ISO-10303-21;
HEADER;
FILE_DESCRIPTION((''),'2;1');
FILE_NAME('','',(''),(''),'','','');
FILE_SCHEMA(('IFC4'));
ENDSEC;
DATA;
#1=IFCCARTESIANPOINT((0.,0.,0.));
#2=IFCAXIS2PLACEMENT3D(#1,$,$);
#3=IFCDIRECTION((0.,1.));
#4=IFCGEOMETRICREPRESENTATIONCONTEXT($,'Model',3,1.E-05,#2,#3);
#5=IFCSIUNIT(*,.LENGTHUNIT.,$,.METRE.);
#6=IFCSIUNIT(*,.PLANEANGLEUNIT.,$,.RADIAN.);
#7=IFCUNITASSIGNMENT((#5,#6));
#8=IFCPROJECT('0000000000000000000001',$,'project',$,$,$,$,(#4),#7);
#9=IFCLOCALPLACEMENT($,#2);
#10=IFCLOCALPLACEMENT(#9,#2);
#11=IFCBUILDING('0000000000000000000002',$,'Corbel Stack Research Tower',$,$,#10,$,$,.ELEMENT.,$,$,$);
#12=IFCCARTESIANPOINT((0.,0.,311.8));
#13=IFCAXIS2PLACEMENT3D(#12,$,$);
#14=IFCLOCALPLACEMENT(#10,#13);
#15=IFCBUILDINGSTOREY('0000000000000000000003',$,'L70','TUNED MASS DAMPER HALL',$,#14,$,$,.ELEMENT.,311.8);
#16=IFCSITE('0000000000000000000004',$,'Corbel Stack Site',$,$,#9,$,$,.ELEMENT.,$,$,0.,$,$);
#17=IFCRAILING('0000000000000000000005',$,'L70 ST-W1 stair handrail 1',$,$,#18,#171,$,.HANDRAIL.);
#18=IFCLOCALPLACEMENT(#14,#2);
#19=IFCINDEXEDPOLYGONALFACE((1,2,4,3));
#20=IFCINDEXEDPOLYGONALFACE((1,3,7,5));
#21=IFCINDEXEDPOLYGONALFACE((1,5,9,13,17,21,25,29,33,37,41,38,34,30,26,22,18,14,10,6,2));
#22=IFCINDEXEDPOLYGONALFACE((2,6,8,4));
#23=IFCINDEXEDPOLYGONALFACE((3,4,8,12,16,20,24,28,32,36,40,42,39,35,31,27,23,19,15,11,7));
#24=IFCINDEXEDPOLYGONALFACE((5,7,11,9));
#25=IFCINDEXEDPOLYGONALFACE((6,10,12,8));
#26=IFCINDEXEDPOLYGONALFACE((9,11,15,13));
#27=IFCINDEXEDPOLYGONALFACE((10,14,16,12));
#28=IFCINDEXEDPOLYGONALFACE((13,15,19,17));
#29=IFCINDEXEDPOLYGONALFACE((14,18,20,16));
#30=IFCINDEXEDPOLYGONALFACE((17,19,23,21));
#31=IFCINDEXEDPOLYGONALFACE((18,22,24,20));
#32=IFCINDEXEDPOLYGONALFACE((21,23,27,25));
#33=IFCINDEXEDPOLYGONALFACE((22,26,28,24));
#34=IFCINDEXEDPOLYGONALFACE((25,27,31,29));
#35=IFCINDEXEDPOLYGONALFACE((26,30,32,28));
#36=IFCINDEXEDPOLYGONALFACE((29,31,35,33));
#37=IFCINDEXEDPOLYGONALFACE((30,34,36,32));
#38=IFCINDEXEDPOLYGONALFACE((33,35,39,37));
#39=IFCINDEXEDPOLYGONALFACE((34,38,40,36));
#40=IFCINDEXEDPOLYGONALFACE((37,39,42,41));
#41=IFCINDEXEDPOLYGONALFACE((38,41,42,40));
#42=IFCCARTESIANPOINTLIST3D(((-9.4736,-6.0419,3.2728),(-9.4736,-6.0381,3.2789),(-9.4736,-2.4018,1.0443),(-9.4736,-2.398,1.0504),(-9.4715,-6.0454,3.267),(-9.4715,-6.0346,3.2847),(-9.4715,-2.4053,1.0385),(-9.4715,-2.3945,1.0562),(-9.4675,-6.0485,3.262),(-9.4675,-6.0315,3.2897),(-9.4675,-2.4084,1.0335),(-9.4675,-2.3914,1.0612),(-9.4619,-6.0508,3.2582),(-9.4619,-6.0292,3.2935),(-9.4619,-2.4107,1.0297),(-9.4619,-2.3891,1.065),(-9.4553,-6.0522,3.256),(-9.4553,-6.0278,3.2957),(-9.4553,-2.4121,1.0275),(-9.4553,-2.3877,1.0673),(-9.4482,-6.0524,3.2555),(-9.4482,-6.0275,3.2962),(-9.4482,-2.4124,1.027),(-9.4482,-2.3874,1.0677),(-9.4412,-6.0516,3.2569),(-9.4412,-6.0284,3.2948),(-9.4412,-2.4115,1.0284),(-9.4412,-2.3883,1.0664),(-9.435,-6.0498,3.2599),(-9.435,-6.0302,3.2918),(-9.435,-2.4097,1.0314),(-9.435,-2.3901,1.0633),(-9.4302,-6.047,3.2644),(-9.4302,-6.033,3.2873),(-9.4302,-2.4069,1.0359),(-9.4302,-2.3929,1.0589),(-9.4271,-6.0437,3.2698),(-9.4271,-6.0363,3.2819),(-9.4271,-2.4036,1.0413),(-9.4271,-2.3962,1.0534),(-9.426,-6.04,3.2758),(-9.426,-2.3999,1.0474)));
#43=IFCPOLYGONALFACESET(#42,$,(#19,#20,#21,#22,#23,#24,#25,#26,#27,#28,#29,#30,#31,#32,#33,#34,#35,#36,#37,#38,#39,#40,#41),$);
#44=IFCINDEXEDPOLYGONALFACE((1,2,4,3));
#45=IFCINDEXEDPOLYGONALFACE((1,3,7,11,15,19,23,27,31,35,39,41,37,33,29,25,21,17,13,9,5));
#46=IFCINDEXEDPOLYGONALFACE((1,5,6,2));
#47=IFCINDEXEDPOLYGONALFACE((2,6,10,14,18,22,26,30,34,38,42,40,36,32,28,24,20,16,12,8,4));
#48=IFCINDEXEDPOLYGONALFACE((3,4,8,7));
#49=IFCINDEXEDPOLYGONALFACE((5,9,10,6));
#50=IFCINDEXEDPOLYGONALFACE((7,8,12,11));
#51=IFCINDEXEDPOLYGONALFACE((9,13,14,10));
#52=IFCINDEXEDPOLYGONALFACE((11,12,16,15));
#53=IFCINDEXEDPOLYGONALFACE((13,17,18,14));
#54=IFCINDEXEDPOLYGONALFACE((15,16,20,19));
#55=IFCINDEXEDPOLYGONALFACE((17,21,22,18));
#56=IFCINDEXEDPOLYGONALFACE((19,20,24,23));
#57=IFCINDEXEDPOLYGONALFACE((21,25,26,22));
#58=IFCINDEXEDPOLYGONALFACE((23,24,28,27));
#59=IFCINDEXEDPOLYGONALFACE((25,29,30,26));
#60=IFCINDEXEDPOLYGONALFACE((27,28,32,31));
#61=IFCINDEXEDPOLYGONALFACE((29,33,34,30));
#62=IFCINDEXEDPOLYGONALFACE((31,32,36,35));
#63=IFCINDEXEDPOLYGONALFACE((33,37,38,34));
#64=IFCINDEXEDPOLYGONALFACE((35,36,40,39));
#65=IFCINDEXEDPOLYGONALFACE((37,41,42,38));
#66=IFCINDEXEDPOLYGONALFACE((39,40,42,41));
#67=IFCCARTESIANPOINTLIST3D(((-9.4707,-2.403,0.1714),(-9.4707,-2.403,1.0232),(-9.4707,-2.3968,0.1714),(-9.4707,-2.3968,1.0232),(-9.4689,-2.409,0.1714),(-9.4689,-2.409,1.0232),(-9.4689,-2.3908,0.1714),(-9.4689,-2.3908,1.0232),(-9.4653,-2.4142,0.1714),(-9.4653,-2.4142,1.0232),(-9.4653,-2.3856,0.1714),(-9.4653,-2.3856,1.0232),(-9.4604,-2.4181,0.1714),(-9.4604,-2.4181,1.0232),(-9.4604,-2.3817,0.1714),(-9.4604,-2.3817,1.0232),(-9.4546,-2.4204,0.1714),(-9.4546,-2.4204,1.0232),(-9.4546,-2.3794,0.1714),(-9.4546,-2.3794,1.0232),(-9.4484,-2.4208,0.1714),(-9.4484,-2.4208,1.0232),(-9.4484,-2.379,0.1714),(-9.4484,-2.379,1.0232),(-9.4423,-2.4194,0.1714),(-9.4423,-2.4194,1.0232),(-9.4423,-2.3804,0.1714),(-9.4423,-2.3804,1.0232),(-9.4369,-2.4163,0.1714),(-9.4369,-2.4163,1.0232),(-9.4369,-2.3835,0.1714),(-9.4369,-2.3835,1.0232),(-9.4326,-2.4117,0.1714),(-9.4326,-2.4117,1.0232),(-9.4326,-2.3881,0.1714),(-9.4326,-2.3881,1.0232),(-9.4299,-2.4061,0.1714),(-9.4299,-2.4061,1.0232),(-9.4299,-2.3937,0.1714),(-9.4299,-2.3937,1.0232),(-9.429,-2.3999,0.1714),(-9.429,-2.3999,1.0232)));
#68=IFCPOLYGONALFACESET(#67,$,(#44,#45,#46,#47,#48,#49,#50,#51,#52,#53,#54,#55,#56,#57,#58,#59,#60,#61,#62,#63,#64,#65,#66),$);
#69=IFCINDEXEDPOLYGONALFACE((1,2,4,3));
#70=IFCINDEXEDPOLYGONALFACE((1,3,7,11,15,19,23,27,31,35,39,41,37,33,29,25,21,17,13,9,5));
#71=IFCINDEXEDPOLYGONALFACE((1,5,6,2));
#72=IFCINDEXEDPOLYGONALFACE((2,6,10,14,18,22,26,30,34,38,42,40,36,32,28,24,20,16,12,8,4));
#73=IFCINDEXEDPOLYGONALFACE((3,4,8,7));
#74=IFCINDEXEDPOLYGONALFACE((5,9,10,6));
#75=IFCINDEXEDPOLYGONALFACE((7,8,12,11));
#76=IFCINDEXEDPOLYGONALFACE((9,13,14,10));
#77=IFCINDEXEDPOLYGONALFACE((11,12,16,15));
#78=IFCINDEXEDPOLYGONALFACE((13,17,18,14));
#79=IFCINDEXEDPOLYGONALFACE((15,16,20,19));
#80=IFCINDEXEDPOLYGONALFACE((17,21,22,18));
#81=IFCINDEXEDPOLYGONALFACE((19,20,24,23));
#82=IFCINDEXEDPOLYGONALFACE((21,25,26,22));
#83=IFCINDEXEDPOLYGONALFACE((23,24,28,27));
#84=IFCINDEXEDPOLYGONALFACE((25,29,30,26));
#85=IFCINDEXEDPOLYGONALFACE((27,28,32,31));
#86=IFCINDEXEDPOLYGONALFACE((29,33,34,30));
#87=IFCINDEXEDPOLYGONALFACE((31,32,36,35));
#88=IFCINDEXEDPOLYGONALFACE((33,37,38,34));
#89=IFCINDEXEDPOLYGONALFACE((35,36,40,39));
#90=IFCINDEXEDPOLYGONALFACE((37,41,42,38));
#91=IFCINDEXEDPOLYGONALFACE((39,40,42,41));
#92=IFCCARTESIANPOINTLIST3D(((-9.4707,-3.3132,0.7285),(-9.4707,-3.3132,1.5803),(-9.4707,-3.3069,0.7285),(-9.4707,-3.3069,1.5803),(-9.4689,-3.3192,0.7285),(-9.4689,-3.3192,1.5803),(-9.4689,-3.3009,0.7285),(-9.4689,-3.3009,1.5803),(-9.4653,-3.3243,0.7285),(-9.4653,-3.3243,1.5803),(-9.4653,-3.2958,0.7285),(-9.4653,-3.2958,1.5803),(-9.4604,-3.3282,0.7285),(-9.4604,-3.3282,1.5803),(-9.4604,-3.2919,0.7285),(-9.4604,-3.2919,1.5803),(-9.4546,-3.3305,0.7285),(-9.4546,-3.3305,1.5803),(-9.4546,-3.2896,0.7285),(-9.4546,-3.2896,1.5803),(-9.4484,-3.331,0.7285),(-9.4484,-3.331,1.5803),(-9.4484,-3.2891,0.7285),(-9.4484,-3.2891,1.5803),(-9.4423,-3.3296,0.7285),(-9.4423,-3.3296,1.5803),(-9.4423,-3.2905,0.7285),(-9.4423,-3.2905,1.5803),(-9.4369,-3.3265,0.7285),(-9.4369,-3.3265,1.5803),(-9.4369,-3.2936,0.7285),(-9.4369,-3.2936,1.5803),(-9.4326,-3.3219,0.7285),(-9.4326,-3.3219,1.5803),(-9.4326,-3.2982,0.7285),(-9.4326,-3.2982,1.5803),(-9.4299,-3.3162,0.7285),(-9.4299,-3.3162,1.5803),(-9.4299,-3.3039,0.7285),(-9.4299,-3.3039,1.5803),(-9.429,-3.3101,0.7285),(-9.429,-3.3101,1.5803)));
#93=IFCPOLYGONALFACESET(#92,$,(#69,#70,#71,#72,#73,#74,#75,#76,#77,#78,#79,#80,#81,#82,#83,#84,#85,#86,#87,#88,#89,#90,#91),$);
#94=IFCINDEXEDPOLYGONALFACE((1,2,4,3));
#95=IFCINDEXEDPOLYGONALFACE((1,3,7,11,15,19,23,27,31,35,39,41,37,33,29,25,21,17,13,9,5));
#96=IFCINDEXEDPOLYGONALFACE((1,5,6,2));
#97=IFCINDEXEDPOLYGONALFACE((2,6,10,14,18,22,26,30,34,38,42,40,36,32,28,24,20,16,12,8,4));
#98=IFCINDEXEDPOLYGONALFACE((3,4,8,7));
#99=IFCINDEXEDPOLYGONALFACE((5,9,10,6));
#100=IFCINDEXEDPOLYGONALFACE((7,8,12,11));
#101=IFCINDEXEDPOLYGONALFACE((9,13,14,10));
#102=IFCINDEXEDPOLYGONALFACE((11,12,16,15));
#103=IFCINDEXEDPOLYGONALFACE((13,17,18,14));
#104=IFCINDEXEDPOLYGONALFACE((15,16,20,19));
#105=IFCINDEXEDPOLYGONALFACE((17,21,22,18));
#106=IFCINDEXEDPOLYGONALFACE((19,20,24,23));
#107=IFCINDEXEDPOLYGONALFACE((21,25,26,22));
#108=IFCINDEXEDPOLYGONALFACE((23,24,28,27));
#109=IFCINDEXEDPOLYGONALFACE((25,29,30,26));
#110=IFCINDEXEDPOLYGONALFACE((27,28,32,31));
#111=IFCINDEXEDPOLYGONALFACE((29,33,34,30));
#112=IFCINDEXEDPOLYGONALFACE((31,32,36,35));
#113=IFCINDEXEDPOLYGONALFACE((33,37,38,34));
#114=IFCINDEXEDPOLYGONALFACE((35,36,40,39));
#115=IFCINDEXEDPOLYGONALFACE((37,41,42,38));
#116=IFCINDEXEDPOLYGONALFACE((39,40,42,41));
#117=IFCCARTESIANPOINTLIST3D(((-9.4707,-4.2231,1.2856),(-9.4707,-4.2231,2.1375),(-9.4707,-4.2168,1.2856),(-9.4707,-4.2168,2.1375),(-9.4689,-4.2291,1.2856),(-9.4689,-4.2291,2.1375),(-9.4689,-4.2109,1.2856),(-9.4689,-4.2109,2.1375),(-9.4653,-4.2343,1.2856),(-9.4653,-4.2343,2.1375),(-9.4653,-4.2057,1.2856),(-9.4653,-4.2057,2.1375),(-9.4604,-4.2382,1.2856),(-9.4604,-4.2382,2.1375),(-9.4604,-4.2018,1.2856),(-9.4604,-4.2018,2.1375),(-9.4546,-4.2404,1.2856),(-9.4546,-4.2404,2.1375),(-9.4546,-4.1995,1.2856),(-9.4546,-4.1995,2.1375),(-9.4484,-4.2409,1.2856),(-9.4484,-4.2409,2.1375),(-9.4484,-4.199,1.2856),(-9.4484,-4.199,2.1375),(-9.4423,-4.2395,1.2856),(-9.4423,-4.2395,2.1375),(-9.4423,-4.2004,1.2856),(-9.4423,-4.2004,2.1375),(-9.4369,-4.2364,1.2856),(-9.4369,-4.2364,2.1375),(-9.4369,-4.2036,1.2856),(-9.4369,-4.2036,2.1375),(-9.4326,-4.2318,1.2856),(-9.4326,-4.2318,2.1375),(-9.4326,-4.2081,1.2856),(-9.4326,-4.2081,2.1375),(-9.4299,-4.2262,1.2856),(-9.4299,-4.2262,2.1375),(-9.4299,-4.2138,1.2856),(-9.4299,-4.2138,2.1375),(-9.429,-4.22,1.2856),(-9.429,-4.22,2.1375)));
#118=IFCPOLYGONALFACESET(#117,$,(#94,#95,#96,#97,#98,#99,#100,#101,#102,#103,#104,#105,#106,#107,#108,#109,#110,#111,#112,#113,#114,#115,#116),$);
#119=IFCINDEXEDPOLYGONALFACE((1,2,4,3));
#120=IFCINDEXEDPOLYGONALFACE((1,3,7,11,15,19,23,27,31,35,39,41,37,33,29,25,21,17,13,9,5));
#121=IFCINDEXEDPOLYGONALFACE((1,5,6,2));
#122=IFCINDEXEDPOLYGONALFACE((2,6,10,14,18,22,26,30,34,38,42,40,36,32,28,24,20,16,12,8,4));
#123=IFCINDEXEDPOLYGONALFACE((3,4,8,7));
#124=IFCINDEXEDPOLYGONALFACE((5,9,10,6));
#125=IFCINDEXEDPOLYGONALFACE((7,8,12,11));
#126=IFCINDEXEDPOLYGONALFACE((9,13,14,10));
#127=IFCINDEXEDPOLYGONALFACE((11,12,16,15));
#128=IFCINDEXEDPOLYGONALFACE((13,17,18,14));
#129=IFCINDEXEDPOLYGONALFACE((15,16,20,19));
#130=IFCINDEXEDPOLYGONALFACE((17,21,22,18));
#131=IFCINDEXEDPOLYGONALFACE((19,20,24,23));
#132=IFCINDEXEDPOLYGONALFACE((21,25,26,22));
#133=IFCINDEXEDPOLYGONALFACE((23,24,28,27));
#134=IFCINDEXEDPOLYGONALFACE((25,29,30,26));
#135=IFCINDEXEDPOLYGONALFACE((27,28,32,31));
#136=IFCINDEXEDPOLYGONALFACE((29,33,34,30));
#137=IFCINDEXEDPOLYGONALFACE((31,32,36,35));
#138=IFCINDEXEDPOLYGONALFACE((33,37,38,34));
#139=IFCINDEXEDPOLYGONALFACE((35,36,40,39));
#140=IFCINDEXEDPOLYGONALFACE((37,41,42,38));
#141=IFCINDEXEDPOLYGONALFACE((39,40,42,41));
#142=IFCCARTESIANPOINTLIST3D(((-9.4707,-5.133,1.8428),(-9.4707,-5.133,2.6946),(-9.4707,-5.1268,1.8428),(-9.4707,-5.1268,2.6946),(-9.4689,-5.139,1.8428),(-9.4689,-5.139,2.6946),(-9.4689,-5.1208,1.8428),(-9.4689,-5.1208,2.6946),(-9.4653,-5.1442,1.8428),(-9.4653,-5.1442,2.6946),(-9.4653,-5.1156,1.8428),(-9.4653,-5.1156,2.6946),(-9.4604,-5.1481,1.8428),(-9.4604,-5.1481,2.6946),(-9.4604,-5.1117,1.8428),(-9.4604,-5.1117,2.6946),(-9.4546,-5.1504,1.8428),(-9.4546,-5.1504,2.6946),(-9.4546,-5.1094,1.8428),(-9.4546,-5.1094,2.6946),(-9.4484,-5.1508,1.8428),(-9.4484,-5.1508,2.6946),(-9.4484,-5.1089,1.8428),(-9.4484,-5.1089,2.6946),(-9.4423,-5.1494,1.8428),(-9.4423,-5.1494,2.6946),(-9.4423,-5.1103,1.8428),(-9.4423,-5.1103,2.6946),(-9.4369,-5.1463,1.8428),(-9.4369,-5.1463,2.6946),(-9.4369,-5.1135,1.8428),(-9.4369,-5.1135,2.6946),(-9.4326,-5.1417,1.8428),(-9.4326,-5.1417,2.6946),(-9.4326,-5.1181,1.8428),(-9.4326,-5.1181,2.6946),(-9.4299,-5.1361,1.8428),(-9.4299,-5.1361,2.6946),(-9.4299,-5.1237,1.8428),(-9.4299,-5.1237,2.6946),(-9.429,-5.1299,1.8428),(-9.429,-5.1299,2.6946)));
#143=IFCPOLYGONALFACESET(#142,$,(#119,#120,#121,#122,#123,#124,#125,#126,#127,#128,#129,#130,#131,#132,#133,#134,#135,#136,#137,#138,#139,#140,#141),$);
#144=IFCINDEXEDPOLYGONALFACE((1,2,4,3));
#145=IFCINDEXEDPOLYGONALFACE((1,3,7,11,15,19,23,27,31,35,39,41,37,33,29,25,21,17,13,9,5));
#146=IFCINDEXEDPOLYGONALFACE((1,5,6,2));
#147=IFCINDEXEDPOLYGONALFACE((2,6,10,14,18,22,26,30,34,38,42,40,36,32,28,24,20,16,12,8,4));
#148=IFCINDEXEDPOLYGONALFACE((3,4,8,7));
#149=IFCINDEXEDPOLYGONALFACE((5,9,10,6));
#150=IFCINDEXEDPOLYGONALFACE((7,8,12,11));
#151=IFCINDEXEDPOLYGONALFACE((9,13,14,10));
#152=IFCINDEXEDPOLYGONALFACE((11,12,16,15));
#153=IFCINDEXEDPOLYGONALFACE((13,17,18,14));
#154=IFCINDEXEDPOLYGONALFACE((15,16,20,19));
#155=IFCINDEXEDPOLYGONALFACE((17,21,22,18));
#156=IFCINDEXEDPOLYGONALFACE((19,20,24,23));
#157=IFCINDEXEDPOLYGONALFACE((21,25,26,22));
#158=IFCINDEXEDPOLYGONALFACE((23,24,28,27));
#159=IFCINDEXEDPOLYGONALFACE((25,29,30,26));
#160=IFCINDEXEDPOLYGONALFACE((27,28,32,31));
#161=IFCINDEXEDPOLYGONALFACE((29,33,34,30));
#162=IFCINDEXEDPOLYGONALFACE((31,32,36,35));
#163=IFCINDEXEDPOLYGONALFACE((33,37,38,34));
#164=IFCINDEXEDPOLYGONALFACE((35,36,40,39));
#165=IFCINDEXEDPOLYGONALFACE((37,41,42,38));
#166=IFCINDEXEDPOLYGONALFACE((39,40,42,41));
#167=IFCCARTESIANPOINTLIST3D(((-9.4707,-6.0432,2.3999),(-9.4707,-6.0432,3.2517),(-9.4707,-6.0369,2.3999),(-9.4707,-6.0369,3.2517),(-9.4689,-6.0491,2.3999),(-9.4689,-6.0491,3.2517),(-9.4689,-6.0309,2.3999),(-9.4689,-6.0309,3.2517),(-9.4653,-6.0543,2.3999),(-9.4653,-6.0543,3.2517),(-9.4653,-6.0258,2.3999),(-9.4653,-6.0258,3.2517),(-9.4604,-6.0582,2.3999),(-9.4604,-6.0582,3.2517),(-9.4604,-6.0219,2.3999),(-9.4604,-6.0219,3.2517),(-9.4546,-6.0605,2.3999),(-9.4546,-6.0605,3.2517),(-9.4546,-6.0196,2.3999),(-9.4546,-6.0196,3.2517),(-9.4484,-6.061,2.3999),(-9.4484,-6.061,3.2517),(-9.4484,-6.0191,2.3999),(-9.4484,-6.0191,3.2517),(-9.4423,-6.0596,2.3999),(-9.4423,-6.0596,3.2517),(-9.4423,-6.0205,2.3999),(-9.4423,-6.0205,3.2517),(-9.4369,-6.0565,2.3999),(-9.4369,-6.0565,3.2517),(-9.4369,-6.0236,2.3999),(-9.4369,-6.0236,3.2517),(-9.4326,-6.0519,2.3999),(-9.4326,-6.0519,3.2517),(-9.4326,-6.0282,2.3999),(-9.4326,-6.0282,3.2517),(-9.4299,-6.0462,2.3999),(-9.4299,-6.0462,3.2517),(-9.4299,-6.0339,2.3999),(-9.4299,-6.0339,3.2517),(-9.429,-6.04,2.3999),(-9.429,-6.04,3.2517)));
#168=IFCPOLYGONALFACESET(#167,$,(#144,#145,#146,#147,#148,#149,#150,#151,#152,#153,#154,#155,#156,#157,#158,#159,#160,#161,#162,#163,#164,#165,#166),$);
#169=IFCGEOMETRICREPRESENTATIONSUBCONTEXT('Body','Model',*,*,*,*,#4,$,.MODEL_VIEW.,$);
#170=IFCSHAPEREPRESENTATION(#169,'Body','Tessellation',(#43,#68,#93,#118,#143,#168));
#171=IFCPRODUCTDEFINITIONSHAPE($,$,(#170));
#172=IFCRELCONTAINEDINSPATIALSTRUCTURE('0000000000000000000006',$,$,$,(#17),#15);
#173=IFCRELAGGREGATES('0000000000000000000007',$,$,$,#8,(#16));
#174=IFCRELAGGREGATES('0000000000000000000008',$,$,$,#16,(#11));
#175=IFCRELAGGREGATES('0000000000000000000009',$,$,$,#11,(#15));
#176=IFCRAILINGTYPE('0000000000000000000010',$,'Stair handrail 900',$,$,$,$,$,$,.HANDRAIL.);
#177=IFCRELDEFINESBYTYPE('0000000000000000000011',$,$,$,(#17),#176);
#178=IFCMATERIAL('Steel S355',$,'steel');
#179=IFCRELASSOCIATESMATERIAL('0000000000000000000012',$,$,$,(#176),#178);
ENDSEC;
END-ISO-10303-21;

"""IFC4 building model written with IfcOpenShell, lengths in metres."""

from ifc_helpers import new_model, si_unit, direction, frame, origin, origin_2d, place, context, subcontext, project, spatial, circle, extrude, material, type_object, element, save


model = new_model("IFC4")

# Units and contexts
model_context = context("Model", 3, precision=1e-05, world=origin(), true_north=direction((0.0, 1.0)))
body_context = subcontext(model_context, "Body", "Model", "MODEL_VIEW")
ifc_project = project(units=[si_unit("LENGTHUNIT", "METRE"), si_unit("PLANEANGLEUNIT", "RADIAN")], contexts=[model_context])

# Site, building, storey
site_placement = place(None, origin())
site = spatial("IfcSite", under=ifc_project, at=site_placement, Name="Corbel Stack Site", CompositionType="ELEMENT", RefElevation=0.0)
building_placement = place(site_placement, origin())
building = spatial("IfcBuilding", under=site, at=building_placement, Name="Corbel Stack Research Tower", CompositionType="ELEMENT")
storey_placement = place(building_placement, frame((0.0, 0.0, 311.8)))
storey = spatial("IfcBuildingStorey", under=building, at=storey_placement, Name="L70", Description="TUNED MASS DAMPER HALL", CompositionType="ELEMENT", Elevation=311.8)

# Railing
ifc_material_1 = material(Name="Steel S355", Category="steel")
railing_type_1 = type_object("IfcRailingType", Name="Stair handrail 900", PredefinedType="HANDRAIL", material=ifc_material_1)
railing_1_placement = place(storey_placement, frame((-9.45, -2.3999, 0.1714)))
element("IfcRailing", 1, at=railing_1_placement, inside=storey, type_object=railing_type_1, Name="L70 ST-W1 stair handrail 1", PredefinedType="HANDRAIL", context=body_context, shape_type="SweptSolid", body=[
    extrude(circle(Radius=0.0239, at=origin_2d()), frame((0.0, 0.0, 0.876), z_axis=(0.0, -0.852866, 0.52213), x_axis=(1.0, 0.0, 0.0)), (0.0, 0.0, 1.0), 4.2681),
    extrude(circle(Radius=0.021, at=origin_2d()), origin(), (0.0, 0.0, 1.0), 0.8518),
    extrude(circle(Radius=0.021, at=origin_2d()), frame((0.0, -0.9102, 0.5571)), (0.0, 0.0, 1.0), 0.8518),
    extrude(circle(Radius=0.021, at=origin_2d()), frame((0.0, -1.8201, 1.1143)), (0.0, 0.0, 1.0), 0.8518),
    extrude(circle(Radius=0.021, at=origin_2d()), frame((0.0, -2.73, 1.6714)), (0.0, 0.0, 1.0), 0.8518),
    extrude(circle(Radius=0.021, at=origin_2d()), frame((0.0, -3.6401, 2.2285)), (0.0, 0.0, 1.0), 0.8518),
])

save(model, "model.ifc")
